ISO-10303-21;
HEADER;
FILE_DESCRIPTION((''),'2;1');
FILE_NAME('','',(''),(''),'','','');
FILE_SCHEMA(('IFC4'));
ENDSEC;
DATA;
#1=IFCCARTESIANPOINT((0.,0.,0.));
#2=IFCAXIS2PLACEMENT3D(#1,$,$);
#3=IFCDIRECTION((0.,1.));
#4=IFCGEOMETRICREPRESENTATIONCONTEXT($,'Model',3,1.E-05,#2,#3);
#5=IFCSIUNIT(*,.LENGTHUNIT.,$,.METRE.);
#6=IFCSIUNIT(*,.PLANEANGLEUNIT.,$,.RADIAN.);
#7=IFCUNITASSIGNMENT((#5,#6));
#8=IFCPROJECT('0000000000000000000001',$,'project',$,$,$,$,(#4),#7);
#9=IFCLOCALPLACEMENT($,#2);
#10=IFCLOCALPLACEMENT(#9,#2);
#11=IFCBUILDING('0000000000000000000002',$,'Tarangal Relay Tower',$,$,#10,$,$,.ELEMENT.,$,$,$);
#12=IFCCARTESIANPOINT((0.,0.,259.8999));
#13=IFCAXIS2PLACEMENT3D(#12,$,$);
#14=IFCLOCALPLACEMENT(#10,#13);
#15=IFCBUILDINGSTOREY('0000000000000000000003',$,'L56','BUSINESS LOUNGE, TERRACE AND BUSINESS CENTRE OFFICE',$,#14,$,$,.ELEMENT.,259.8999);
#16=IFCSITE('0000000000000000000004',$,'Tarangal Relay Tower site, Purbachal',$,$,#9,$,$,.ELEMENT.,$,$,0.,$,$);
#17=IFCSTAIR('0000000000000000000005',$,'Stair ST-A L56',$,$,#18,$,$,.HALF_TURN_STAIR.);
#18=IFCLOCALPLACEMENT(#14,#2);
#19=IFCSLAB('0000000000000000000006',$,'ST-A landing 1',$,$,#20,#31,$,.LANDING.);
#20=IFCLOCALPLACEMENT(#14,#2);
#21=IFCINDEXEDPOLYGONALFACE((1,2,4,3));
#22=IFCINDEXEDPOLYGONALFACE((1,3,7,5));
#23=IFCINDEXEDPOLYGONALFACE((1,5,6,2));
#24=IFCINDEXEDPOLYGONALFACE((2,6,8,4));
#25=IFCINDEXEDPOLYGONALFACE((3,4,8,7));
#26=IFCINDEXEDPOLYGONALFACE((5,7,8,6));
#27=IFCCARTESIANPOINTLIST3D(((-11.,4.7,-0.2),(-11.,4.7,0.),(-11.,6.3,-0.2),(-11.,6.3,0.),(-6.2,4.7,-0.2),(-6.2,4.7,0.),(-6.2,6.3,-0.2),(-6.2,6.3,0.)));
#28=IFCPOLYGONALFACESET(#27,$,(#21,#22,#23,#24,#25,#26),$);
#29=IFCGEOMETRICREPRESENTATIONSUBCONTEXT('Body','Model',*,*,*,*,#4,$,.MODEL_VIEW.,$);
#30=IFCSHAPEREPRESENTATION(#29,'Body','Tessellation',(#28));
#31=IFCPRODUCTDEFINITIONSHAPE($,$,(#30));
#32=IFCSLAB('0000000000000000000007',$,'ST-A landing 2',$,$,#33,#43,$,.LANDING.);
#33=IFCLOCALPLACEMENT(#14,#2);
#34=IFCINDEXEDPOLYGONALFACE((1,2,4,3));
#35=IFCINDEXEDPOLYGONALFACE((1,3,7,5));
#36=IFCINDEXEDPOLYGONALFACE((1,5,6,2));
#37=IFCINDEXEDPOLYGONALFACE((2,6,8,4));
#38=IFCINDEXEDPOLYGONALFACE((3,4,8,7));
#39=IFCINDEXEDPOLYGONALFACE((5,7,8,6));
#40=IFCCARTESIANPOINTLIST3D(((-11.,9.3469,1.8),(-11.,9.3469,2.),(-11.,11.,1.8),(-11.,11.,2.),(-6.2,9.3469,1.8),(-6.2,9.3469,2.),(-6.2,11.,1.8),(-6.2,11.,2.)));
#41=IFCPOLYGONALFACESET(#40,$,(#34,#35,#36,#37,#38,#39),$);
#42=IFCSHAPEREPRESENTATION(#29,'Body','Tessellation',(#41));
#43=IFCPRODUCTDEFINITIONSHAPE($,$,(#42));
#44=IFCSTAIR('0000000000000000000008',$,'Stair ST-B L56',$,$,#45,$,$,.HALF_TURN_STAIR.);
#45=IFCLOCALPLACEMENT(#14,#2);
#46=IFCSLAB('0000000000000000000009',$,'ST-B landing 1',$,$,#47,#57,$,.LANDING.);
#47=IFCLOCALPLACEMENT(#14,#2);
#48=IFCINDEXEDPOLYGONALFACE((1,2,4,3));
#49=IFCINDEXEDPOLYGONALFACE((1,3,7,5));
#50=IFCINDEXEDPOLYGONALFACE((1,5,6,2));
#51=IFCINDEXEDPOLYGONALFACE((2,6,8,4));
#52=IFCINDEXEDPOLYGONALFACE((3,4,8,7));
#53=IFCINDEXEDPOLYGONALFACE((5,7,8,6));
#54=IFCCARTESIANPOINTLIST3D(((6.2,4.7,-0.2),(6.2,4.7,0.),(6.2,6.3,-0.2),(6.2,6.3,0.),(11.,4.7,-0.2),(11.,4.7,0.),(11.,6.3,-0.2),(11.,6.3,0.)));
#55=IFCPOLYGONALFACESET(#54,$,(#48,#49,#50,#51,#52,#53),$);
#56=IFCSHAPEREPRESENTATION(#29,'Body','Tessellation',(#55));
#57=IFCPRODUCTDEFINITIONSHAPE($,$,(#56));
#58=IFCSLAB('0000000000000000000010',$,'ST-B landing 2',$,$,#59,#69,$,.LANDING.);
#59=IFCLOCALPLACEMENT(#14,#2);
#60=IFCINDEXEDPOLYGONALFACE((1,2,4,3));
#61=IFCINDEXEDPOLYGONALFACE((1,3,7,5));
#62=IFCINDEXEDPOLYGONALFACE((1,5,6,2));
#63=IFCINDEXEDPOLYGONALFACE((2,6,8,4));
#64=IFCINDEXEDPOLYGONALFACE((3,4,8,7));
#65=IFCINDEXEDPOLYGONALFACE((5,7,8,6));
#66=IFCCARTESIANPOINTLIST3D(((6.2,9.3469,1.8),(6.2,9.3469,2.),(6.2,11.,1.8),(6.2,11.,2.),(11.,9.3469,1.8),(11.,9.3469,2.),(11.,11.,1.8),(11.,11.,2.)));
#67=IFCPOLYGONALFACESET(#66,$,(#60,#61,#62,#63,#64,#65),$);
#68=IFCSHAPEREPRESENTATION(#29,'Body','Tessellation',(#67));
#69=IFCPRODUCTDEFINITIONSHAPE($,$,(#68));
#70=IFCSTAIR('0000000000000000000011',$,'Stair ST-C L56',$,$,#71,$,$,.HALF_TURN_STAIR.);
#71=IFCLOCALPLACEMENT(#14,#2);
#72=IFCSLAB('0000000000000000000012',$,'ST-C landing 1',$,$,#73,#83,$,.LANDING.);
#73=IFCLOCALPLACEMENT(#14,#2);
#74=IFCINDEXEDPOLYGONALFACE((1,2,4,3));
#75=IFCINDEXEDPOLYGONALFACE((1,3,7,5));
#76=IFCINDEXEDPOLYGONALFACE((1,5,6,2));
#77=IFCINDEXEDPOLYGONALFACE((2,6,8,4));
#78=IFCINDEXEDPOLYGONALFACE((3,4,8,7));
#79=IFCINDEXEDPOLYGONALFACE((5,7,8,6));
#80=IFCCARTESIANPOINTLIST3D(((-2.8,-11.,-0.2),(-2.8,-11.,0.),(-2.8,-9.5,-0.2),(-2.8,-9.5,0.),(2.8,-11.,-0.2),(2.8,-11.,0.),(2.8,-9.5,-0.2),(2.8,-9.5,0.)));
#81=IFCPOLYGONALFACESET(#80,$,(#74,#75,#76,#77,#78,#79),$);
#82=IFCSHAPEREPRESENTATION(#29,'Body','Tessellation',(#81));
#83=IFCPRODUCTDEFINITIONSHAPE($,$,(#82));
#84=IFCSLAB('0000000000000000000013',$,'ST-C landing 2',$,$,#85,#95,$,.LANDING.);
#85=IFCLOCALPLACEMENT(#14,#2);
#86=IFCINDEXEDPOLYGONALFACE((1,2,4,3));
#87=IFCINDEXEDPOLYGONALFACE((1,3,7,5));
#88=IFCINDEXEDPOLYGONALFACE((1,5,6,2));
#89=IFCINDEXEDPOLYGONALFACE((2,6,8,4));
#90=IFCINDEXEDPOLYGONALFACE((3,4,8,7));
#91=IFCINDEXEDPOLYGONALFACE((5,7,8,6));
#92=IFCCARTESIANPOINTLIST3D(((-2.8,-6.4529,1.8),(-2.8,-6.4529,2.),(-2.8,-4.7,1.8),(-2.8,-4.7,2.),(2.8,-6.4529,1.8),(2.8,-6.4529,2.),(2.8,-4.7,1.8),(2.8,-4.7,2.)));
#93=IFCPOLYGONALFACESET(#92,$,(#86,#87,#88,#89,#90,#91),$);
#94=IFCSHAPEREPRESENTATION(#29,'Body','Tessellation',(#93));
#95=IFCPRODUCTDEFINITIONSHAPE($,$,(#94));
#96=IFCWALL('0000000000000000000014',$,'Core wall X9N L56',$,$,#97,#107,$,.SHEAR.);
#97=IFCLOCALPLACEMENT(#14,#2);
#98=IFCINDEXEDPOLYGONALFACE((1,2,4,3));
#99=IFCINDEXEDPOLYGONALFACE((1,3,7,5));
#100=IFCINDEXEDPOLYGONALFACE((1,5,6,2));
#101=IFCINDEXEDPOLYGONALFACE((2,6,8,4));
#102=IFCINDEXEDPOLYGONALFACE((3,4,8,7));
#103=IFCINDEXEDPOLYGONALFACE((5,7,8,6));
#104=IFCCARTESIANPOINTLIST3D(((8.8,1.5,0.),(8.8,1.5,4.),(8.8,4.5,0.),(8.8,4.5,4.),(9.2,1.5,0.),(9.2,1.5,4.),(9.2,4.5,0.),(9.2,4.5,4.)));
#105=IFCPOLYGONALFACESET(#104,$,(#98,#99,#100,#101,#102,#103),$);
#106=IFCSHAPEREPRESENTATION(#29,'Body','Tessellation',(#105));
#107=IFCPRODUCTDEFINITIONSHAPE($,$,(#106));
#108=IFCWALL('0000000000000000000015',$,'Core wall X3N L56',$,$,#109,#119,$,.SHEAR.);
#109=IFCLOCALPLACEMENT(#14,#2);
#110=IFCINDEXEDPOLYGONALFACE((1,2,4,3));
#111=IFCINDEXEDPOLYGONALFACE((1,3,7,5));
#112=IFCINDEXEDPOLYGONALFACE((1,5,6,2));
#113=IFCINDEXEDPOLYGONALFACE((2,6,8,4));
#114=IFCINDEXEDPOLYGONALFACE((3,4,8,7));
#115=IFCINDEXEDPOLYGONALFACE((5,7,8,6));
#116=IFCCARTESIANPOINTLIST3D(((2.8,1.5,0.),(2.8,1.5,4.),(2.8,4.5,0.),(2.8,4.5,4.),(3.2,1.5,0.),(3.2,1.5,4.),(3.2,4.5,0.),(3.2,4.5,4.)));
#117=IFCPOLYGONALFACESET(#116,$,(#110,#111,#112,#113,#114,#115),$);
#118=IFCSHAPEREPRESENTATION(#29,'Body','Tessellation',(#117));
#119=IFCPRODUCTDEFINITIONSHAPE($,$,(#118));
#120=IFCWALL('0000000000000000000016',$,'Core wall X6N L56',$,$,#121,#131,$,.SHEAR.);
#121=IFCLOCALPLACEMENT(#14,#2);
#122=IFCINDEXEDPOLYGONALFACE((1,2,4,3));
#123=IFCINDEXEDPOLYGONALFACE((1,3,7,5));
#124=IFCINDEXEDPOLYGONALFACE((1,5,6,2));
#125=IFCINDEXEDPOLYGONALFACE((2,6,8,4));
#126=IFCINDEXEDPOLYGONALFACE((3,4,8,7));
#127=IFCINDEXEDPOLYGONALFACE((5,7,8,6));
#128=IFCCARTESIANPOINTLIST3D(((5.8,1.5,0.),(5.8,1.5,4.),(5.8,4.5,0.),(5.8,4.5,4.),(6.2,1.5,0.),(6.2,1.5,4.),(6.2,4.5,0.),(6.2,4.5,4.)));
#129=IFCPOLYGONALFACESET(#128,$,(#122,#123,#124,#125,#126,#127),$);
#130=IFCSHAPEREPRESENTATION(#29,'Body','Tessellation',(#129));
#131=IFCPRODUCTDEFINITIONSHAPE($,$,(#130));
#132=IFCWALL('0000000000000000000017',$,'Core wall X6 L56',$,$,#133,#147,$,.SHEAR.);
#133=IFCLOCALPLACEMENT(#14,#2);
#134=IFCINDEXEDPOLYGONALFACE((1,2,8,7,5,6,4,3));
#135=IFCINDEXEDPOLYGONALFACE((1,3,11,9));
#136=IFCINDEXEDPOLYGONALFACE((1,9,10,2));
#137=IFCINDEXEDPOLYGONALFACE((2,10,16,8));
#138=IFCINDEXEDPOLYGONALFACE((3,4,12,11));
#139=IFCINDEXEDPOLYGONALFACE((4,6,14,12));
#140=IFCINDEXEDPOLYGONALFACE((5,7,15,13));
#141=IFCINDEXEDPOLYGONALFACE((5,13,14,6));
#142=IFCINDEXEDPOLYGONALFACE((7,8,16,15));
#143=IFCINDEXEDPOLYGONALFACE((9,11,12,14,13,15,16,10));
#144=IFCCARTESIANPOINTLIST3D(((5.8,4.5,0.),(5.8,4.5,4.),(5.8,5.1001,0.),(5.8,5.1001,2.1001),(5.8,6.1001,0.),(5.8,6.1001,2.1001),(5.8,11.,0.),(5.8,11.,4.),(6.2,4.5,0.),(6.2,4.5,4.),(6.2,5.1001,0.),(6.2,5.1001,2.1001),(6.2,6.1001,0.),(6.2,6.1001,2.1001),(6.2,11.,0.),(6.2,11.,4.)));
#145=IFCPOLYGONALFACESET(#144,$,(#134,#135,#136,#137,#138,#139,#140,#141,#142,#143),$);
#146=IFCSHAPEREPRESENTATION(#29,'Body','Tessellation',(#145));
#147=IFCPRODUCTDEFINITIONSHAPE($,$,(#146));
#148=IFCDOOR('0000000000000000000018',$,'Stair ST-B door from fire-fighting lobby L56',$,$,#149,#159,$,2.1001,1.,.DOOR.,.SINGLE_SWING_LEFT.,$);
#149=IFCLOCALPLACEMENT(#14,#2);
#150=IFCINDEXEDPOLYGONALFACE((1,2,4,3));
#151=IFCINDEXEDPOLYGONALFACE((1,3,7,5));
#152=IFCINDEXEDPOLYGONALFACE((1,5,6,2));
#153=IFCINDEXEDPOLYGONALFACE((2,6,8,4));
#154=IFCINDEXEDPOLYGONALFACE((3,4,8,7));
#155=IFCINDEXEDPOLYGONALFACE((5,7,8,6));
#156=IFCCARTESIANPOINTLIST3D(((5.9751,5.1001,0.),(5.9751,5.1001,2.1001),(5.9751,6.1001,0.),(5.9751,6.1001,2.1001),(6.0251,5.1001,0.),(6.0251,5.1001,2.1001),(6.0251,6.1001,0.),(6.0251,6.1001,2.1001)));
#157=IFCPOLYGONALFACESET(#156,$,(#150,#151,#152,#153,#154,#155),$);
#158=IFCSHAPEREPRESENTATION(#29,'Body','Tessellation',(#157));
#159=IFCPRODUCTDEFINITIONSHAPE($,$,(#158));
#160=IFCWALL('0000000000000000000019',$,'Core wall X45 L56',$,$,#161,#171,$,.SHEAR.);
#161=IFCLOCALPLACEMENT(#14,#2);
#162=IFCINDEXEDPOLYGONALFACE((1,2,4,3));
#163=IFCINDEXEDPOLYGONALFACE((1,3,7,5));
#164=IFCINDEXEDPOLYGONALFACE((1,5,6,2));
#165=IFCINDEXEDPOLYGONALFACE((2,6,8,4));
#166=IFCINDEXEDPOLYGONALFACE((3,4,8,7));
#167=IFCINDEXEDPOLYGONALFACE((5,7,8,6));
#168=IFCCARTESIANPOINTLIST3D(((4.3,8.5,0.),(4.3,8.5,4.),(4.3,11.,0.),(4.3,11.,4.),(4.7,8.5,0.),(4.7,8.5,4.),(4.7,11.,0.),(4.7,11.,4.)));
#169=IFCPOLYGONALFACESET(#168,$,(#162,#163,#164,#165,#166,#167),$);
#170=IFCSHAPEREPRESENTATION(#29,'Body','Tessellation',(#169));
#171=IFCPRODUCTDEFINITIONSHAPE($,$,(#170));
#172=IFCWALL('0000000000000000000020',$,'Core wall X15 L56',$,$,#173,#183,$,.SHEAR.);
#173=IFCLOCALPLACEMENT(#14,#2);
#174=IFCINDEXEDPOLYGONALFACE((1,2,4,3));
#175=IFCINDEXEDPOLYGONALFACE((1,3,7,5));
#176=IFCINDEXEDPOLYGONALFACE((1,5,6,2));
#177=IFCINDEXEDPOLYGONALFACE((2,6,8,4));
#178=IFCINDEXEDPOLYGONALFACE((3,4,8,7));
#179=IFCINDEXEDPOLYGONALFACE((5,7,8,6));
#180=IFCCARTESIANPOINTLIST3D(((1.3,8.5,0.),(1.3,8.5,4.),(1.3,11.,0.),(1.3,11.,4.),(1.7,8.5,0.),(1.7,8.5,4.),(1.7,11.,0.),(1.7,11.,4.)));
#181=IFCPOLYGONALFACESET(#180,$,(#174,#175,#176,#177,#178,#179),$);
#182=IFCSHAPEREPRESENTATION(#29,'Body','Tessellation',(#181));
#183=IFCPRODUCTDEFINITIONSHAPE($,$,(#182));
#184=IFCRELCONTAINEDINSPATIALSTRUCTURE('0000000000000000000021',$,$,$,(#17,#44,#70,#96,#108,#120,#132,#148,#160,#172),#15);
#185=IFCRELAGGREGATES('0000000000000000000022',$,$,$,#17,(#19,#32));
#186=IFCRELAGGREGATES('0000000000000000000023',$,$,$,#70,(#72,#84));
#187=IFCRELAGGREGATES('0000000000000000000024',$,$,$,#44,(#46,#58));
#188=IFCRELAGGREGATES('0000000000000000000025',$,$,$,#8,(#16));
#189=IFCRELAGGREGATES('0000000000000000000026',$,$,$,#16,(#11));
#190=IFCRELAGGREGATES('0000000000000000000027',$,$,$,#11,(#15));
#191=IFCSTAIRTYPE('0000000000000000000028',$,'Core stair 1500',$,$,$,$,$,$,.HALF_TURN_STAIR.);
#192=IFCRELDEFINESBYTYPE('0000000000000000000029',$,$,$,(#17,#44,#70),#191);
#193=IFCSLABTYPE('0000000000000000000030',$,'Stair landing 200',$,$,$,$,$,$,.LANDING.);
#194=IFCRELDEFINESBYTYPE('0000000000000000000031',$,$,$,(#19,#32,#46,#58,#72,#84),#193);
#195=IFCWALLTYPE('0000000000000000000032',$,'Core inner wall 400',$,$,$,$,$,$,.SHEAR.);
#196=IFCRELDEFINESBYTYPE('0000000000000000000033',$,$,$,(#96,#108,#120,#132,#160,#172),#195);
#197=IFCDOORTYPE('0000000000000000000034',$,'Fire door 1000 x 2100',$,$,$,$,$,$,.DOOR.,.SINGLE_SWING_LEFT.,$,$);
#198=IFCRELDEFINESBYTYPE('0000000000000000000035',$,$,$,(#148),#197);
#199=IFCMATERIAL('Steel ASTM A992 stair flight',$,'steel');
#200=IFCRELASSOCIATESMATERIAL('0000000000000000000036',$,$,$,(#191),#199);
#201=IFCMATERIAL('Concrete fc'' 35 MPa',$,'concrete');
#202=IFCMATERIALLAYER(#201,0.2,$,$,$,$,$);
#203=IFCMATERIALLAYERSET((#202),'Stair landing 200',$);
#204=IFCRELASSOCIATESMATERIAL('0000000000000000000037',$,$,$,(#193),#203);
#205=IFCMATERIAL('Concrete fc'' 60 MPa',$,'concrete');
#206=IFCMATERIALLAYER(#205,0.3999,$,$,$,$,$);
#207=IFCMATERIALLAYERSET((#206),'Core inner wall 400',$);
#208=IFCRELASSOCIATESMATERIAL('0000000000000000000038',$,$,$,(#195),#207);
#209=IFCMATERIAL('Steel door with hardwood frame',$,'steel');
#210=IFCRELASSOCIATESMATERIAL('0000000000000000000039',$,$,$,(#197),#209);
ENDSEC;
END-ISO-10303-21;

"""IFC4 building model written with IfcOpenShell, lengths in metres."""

from ifc_helpers import new_model, si_unit, direction, frame, frame_2d, origin, place, context, subcontext, project, spatial, polyline, rectangle, outline, extrude, material, layer, layer_set, type_object, element, fill, aggregate, save


model = new_model("IFC4")

# Units and contexts
model_context = context("Model", 3, precision=1e-05, world=origin(), true_north=direction((0.0, 1.0)))
body_context = subcontext(model_context, "Body", "Model", "MODEL_VIEW")
ifc_project = project(units=[si_unit("LENGTHUNIT", "METRE"), si_unit("PLANEANGLEUNIT", "RADIAN")], contexts=[model_context])

# Site, building, storey
site_placement = place(None, origin())
site = spatial("IfcSite", under=ifc_project, at=site_placement, Name="Tarangal Relay Tower site, Purbachal", CompositionType="ELEMENT", RefElevation=0.0)
building_placement = place(site_placement, origin())
building = spatial("IfcBuilding", under=site, at=building_placement, Name="Tarangal Relay Tower", CompositionType="ELEMENT")
storey_placement = place(building_placement, frame((0.0, 0.0, 259.8999)))
storey = spatial("IfcBuildingStorey", under=building, at=storey_placement, Name="L56", Description="BUSINESS LOUNGE, TERRACE AND BUSINESS CENTRE OFFICE", CompositionType="ELEMENT", Elevation=259.8999)

# Stairs, slabs
ifc_material_1 = material(Name="Steel ASTM A992 stair flight", Category="steel")
stair_type = type_object("IfcStairType", Name="Core stair 1500", PredefinedType="HALF_TURN_STAIR", material=ifc_material_1)
stair_1_placement = place(storey_placement, origin())
stair_1 = element("IfcStair", 1, at=stair_1_placement, inside=storey, type_object=stair_type, Name="Stair ST-A L56", PredefinedType="HALF_TURN_STAIR")
ifc_material_2 = material(Name="Concrete fc' 35 MPa", Category="concrete")
ifc_layer_1 = layer(ifc_material_2, 0.2)
ifc_layer_set_1 = layer_set([ifc_layer_1], Name="Stair landing 200")
slab_type = type_object("IfcSlabType", Name="Stair landing 200", PredefinedType="LANDING", material=ifc_layer_set_1)
slab_1_placement = place(storey_placement, frame((0.0, 0.0, -0.2)))
slab_1 = element("IfcSlab", 2, at=slab_1_placement, type_object=slab_type, Name="ST-A landing 1", PredefinedType="LANDING", context=body_context, shape_type="SweptSolid", body=[
    extrude(outline(polyline([(-11.0, 4.7), (-6.2, 4.7), (-6.2, 6.3), (-11.0, 6.3), (-11.0, 4.7)])), origin(), (0.0, 0.0, 1.0), 0.2),
])
slab_2_placement = place(storey_placement, frame((0.0, 0.0, 1.8)))
slab_2 = element("IfcSlab", 3, at=slab_2_placement, type_object=slab_type, Name="ST-A landing 2", PredefinedType="LANDING", context=body_context, shape_type="SweptSolid", body=[
    extrude(outline(polyline([(-11.0, 9.3469), (-6.2, 9.3469), (-6.2, 11.0), (-11.0, 11.0), (-11.0, 9.3469)])), origin(), (0.0, 0.0, 1.0), 0.2),
])
aggregate(stair_1, [slab_1, slab_2])
stair_2_placement = place(storey_placement, origin())
stair_2 = element("IfcStair", 4, at=stair_2_placement, inside=storey, type_object=stair_type, Name="Stair ST-B L56", PredefinedType="HALF_TURN_STAIR")
slab_3_placement = place(storey_placement, frame((0.0, 0.0, -0.2)))
slab_3 = element("IfcSlab", 5, at=slab_3_placement, type_object=slab_type, Name="ST-B landing 1", PredefinedType="LANDING", context=body_context, shape_type="SweptSolid", body=[
    extrude(outline(polyline([(6.2, 4.7), (11.0, 4.7), (11.0, 6.3), (6.2, 6.3), (6.2, 4.7)])), origin(), (0.0, 0.0, 1.0), 0.2),
])
slab_4_placement = place(storey_placement, frame((0.0, 0.0, 1.8)))
slab_4 = element("IfcSlab", 6, at=slab_4_placement, type_object=slab_type, Name="ST-B landing 2", PredefinedType="LANDING", context=body_context, shape_type="SweptSolid", body=[
    extrude(outline(polyline([(6.2, 9.3469), (11.0, 9.3469), (11.0, 11.0), (6.2, 11.0), (6.2, 9.3469)])), origin(), (0.0, 0.0, 1.0), 0.2),
])
stair_3_placement = place(storey_placement, origin())
stair_3 = element("IfcStair", 7, at=stair_3_placement, inside=storey, type_object=stair_type, Name="Stair ST-C L56", PredefinedType="HALF_TURN_STAIR")
slab_5_placement = place(storey_placement, frame((0.0, 0.0, -0.2)))
slab_5 = element("IfcSlab", 8, at=slab_5_placement, type_object=slab_type, Name="ST-C landing 1", PredefinedType="LANDING", context=body_context, shape_type="SweptSolid", body=[
    extrude(outline(polyline([(-2.8, -11.0), (2.8, -11.0), (2.8, -9.5), (-2.8, -9.5), (-2.8, -11.0)])), origin(), (0.0, 0.0, 1.0), 0.2),
])
slab_6_placement = place(storey_placement, frame((0.0, 0.0, 1.8)))
slab_6 = element("IfcSlab", 9, at=slab_6_placement, type_object=slab_type, Name="ST-C landing 2", PredefinedType="LANDING", context=body_context, shape_type="SweptSolid", body=[
    extrude(outline(polyline([(-2.8, -6.4529), (2.8, -6.4529), (2.8, -4.7), (-2.8, -4.7), (-2.8, -6.4529)])), origin(), (0.0, 0.0, 1.0), 0.2),
])
aggregate(stair_3, [slab_5, slab_6])

# Walls
ifc_material_3 = material(Name="Concrete fc' 60 MPa", Category="concrete")
ifc_layer_2 = layer(ifc_material_3, 0.3999)
ifc_layer_set_2 = layer_set([ifc_layer_2], Name="Core inner wall 400")
wall_type = type_object("IfcWallType", Name="Core inner wall 400", PredefinedType="SHEAR", material=ifc_layer_set_2)
for number, where, z_axis, x_axis, name in (
    (10, (9.0, 1.5, 0.0), (0.0, 0.0, 1.0), (0.0, 1.0, 0.0), "Core wall X9N L56"),
    (11, (3.0, 1.5, 0.0), (0.0, 0.0, 1.0), (0.0, 1.0, 0.0), "Core wall X3N L56"),
    (12, (6.0, 1.5, 0.0), (0.0, 0.0, 1.0), (0.0, 1.0, 0.0), "Core wall X6N L56"),
):
    element("IfcWall", number, at=place(storey_placement, frame(where, z_axis=z_axis, x_axis=x_axis)), inside=storey, type_object=wall_type, Name=name, PredefinedType="SHEAR", context=body_context, shape_type="SweptSolid", body=[
        extrude(rectangle(XDim=3.0, YDim=0.3999, at=frame_2d((1.5, 0.0))), origin(), (0.0, 0.0, 1.0), 4.0),
    ])

# Wall, opening, door
wall_placement = place(storey_placement, frame((6.0, 4.5, 0.0), z_axis=(0.0, 0.0, 1.0), x_axis=(0.0, 1.0, 0.0)))
wall = element("IfcWall", 13, at=wall_placement, inside=storey, type_object=wall_type, Name="Core wall X6 L56", PredefinedType="SHEAR", context=body_context, shape_type="SweptSolid", body=[
    extrude(rectangle(XDim=6.5, YDim=0.3999, at=frame_2d((3.25, 0.0))), origin(), (0.0, 0.0, 1.0), 4.0),
])
opening_placement = place(wall_placement, frame((0.6001, 0.0, 0.0)))
opening = element("IfcOpeningElement", 14, at=opening_placement, cuts=wall, PredefinedType="OPENING", context=body_context, shape_type="SweptSolid", body=[
    extrude(rectangle(XDim=1.0, YDim=2.1001, at=frame_2d((0.5, 1.05))), frame((0.0, 0.21, 0.0), z_axis=(0.0, -1.0, 0.0), x_axis=(1.0, 0.0, 0.0)), (0.0, 0.0, 1.0), 0.4199),
])
ifc_material_4 = material(Name="Steel door with hardwood frame", Category="steel")
door_type = type_object("IfcDoorType", Name="Fire door 1000 x 2100", OperationType="SINGLE_SWING_LEFT", PredefinedType="DOOR", material=ifc_material_4)
door_placement = place(opening_placement, origin())
door = element("IfcDoor", 15, at=door_placement, inside=storey, type_object=door_type, Name="Stair ST-B door from fire-fighting lobby L56", OperationType="SINGLE_SWING_LEFT", OverallHeight=2.1001, OverallWidth=1.0, PredefinedType="DOOR", context=body_context, shape_type="SweptSolid", body=[
    extrude(rectangle(XDim=1.0, YDim=2.1001, at=frame_2d((0.5, 1.05))), frame((0.0, 0.0249, 0.0), z_axis=(0.0, -1.0, 0.0), x_axis=(1.0, 0.0, 0.0)), (0.0, 0.0, 1.0), 0.05),
])
fill(opening, door)

# Walls
for number, where, z_axis, x_axis, name in (
    (16, (4.5, 8.5, 0.0), (0.0, 0.0, 1.0), (0.0, 1.0, 0.0), "Core wall X45 L56"),
    (17, (1.5, 8.5, 0.0), (0.0, 0.0, 1.0), (0.0, 1.0, 0.0), "Core wall X15 L56"),
):
    element("IfcWall", number, at=place(storey_placement, frame(where, z_axis=z_axis, x_axis=x_axis)), inside=storey, type_object=wall_type, Name=name, PredefinedType="SHEAR", context=body_context, shape_type="SweptSolid", body=[
        extrude(rectangle(XDim=2.5, YDim=0.3999, at=frame_2d((1.25, 0.0))), origin(), (0.0, 0.0, 1.0), 4.0),
    ])

aggregate(stair_2, [slab_3, slab_4])

save(model, "model.ifc")
